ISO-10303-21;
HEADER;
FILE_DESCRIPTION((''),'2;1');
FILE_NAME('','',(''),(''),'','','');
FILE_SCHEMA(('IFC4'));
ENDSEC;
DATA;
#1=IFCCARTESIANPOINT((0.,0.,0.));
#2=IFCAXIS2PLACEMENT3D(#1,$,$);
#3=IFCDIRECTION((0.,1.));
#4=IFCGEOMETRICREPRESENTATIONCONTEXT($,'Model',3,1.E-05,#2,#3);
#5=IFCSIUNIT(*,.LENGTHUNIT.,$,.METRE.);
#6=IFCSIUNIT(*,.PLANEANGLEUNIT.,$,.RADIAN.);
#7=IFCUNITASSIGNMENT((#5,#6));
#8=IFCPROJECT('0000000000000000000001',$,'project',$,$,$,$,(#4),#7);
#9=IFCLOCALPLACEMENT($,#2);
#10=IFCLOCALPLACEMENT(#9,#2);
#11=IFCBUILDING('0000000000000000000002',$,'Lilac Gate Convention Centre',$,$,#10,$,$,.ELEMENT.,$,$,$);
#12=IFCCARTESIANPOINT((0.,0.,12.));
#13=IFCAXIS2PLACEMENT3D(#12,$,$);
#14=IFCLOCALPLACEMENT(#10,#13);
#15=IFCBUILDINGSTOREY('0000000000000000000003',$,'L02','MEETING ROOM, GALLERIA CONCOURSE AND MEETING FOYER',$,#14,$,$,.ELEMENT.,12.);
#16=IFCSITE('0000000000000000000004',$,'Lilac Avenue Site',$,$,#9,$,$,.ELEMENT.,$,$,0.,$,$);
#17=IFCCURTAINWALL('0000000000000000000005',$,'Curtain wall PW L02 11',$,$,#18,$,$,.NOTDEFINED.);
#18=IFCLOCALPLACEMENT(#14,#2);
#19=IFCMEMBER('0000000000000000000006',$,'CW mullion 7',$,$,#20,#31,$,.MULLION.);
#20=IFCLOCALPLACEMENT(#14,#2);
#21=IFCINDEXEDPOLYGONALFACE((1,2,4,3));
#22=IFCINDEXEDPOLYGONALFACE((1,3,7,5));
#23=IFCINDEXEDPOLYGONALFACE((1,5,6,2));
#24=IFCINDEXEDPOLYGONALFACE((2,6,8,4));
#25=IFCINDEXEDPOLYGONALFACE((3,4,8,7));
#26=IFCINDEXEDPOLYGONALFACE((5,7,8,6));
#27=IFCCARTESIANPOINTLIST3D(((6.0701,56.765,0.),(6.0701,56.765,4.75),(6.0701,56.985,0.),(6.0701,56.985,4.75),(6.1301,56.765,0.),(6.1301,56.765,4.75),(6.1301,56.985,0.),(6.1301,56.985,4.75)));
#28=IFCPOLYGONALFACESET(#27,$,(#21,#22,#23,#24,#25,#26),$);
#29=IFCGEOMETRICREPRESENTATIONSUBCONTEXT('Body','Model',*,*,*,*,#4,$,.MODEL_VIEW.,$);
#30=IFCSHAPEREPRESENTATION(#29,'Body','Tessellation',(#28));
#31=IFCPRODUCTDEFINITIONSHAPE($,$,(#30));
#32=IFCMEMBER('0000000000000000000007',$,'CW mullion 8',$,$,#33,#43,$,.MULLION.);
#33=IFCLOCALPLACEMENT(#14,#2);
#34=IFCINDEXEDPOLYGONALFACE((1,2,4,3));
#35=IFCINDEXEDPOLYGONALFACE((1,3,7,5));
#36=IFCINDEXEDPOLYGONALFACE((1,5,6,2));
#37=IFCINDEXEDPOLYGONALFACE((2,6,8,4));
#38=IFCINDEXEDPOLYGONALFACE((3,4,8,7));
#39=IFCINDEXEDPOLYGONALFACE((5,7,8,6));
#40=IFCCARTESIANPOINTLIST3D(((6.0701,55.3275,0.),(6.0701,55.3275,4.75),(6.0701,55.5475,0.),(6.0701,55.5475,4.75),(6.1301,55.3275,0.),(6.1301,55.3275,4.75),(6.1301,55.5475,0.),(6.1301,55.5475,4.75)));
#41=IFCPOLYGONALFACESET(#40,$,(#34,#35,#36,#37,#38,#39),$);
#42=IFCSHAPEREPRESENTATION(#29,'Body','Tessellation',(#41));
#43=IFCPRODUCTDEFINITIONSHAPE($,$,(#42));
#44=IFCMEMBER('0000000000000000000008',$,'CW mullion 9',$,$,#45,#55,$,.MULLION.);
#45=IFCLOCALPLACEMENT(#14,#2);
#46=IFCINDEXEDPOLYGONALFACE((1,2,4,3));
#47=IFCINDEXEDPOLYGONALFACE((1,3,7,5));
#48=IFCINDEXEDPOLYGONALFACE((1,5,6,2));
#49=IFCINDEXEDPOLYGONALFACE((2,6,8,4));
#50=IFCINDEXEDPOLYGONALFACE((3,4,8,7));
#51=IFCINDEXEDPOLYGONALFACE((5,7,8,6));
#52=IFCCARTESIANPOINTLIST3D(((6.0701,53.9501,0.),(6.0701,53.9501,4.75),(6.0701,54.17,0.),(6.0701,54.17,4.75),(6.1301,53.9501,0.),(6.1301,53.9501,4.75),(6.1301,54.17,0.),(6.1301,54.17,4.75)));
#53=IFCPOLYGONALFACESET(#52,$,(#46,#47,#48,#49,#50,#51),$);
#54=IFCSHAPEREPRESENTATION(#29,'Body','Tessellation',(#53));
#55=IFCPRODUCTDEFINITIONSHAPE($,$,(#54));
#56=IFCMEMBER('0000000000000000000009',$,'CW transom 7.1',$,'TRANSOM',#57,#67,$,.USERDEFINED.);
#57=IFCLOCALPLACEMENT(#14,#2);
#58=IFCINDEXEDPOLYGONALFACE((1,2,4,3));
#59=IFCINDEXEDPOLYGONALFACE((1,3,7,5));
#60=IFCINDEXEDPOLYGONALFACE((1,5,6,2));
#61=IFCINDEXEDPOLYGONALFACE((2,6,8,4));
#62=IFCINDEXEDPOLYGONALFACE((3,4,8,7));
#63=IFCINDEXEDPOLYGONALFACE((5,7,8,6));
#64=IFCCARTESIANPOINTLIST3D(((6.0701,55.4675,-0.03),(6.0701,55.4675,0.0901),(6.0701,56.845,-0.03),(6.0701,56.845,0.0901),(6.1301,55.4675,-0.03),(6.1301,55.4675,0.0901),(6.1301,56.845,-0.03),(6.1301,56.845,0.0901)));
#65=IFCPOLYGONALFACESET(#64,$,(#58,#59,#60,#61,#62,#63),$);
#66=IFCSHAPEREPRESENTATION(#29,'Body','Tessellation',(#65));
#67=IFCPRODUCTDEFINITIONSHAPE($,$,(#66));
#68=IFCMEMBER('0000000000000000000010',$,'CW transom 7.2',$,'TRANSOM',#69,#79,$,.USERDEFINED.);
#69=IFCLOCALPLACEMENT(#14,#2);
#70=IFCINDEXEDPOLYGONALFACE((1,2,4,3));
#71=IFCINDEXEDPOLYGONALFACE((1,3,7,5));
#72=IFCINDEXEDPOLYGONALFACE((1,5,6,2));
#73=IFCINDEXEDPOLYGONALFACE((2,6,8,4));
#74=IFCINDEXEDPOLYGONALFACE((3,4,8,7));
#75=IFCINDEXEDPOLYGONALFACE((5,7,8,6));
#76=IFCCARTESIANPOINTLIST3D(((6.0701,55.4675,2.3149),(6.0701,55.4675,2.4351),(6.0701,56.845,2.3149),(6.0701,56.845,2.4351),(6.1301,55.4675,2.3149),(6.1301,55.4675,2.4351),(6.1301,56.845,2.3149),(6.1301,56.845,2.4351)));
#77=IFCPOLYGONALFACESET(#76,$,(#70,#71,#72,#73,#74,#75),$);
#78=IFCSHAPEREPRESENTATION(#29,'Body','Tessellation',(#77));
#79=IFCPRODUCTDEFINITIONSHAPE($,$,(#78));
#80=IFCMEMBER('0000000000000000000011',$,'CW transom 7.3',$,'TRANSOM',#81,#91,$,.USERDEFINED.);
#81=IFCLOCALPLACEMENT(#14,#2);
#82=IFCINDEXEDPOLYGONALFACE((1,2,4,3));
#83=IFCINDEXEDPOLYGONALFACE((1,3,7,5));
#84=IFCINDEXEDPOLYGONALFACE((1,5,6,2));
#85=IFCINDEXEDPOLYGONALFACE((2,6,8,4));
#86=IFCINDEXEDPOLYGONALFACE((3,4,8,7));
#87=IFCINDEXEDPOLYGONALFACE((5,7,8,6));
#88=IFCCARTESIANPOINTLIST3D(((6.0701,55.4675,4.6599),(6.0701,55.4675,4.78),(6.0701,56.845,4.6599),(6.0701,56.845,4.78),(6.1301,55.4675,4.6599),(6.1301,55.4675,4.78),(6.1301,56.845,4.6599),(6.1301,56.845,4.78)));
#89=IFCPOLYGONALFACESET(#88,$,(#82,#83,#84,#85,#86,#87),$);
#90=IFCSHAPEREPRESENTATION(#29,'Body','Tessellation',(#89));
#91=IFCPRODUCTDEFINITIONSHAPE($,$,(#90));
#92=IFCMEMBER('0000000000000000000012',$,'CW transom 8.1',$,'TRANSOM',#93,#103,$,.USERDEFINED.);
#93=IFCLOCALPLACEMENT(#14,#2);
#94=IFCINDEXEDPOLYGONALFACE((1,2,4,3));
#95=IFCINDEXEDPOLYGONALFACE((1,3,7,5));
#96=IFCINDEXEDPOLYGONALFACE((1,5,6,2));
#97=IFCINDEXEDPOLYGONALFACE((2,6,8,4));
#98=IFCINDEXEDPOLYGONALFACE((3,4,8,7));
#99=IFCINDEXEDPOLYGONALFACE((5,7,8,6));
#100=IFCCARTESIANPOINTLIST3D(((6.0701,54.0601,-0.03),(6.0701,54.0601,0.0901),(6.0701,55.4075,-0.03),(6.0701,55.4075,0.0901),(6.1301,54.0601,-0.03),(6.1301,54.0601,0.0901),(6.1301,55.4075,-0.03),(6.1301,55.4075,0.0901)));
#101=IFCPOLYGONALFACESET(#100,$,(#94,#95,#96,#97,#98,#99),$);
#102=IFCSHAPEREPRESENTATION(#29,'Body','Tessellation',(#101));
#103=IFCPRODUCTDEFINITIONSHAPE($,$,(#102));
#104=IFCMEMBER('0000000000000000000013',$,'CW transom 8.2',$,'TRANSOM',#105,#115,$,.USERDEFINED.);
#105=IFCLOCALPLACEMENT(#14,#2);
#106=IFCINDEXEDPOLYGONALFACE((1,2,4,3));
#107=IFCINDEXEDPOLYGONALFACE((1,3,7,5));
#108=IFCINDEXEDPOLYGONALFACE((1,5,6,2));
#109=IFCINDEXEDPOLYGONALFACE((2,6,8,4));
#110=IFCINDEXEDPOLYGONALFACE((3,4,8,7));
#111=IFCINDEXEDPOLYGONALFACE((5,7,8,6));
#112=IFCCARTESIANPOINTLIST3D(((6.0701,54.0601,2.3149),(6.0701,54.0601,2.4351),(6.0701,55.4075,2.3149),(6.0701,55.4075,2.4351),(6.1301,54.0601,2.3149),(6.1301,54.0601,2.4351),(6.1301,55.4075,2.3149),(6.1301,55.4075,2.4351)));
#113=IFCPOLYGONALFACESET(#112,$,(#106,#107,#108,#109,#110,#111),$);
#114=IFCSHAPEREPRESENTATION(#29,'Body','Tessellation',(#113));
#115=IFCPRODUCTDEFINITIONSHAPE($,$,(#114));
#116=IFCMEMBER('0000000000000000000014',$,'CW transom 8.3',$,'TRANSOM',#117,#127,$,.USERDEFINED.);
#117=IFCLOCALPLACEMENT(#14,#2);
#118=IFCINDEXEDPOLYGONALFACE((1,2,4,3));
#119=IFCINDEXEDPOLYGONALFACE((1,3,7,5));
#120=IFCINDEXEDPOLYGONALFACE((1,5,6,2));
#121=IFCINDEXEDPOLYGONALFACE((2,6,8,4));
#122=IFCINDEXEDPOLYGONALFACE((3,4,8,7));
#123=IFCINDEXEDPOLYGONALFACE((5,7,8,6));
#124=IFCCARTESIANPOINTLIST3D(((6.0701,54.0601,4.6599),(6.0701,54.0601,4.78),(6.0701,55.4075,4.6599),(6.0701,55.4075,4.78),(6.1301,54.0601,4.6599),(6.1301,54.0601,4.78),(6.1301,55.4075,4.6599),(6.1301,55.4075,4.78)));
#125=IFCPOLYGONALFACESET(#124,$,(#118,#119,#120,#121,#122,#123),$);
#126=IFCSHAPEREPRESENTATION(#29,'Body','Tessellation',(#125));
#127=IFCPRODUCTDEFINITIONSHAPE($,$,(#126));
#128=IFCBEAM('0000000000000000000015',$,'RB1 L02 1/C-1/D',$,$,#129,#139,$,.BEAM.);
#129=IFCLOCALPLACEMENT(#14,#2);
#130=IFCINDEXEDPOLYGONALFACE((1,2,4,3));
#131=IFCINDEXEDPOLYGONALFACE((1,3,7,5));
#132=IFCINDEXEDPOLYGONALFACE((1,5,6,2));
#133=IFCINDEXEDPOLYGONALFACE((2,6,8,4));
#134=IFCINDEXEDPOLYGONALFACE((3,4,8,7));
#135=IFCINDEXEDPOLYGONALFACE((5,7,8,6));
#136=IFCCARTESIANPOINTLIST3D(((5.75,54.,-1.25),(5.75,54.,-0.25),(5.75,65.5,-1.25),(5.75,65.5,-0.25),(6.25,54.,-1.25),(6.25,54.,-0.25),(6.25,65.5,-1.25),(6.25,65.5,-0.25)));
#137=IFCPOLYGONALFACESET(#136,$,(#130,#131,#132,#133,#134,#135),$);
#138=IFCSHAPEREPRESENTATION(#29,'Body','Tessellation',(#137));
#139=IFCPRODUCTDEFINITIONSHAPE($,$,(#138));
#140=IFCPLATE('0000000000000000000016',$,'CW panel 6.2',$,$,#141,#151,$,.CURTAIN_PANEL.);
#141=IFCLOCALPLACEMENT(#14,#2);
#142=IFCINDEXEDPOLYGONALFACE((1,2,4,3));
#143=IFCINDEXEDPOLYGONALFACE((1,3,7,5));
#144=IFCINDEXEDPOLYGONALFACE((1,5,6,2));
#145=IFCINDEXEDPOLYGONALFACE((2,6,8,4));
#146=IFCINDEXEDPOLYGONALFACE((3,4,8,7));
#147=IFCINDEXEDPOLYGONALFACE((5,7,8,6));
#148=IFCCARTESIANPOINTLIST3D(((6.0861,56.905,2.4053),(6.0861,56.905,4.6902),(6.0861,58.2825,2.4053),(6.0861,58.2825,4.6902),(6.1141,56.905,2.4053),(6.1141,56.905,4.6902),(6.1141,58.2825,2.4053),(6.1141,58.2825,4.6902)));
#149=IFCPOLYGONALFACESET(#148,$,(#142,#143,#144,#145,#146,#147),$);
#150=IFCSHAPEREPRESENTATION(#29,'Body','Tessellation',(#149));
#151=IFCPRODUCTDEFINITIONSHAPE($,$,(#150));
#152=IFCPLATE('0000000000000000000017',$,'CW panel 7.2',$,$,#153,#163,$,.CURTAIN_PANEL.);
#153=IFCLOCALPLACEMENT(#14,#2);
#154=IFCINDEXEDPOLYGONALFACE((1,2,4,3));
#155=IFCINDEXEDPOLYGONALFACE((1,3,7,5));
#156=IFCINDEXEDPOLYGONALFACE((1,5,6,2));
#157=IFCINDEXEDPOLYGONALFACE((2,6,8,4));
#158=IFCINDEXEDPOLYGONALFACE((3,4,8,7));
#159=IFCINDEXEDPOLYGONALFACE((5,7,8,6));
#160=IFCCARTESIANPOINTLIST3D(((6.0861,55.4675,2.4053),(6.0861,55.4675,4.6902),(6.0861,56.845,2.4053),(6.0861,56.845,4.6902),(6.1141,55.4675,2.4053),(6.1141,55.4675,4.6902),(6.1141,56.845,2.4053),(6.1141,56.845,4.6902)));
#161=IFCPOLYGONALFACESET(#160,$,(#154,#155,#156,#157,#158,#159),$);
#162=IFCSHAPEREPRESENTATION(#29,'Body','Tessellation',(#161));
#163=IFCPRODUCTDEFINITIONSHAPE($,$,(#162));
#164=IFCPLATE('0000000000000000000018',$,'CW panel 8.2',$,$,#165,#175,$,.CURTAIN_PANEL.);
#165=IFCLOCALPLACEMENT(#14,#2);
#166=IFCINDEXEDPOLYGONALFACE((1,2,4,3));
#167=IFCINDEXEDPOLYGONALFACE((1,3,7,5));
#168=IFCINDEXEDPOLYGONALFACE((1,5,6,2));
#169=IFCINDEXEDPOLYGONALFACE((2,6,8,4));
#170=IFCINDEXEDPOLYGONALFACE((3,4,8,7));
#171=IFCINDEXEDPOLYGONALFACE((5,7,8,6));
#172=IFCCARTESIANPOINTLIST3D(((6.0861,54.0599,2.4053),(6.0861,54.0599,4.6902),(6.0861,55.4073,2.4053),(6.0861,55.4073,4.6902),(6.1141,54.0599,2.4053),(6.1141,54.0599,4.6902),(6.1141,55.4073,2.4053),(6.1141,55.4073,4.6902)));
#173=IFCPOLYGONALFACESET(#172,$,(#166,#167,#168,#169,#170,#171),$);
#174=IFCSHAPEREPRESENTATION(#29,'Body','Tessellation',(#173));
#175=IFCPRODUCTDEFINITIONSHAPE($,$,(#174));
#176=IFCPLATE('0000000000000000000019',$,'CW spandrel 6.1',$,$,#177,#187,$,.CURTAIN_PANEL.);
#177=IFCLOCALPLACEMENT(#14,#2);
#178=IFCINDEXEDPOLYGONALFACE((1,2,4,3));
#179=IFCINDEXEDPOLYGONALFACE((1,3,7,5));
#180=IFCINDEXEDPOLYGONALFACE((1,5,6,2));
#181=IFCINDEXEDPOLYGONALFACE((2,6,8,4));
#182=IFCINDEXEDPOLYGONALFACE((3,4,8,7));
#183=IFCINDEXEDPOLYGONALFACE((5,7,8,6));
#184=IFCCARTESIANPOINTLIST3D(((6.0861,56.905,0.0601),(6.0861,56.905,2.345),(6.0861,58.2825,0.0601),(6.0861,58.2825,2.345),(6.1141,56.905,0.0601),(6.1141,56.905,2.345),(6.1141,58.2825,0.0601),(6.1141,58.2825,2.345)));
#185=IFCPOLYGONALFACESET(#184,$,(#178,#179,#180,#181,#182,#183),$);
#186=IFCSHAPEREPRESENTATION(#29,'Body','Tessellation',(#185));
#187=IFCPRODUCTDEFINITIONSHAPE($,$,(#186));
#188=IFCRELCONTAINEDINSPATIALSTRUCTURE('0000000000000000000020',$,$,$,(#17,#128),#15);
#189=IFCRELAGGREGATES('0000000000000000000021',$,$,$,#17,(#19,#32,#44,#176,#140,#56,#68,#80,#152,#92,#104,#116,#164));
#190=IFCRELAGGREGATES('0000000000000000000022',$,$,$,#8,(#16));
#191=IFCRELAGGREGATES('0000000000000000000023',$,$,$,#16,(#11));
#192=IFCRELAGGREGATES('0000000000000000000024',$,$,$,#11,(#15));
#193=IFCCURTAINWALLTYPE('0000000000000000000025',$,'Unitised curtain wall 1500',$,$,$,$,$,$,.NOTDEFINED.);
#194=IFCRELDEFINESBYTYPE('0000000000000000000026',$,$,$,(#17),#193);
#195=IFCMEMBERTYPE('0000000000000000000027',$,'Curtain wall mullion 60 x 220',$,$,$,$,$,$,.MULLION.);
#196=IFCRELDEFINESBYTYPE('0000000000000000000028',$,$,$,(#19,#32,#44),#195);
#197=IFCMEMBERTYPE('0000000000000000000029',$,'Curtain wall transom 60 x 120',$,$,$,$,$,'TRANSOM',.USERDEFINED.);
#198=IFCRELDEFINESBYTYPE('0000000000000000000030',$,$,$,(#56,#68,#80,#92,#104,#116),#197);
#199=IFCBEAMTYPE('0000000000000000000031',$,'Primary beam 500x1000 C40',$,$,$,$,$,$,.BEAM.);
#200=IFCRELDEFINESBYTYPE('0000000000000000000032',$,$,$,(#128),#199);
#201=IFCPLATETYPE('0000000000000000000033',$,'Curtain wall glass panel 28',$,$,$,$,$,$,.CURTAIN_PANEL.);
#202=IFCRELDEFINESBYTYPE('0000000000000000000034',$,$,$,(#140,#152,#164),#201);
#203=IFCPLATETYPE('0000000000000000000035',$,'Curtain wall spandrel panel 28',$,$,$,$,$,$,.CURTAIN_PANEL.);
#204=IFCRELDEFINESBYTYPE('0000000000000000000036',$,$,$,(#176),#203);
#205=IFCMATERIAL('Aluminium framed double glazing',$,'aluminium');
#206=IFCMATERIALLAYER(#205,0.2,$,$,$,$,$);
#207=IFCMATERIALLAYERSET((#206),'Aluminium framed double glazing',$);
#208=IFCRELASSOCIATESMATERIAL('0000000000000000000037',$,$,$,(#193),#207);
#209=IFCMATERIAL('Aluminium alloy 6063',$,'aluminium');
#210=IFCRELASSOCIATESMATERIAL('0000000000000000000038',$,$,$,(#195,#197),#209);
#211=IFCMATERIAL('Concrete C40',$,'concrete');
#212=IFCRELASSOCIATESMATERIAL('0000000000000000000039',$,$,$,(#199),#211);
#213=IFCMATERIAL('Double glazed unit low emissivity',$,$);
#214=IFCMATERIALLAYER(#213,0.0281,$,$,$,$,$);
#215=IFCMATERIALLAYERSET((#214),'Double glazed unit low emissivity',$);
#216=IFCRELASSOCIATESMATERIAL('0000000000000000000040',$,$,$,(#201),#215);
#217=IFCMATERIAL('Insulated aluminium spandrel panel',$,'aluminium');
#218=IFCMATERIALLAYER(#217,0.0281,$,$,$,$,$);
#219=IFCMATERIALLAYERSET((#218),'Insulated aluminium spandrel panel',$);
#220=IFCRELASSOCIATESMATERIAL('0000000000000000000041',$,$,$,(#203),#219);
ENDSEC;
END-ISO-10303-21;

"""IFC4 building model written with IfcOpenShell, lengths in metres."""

from ifc_helpers import new_model, si_unit, direction, frame, origin, origin_2d, place, context, subcontext, project, spatial, rectangle, extrude, material, layer, layer_set, material_profile, profile_set, type_object, element, aggregate, save


model = new_model("IFC4")

# Units and contexts
model_context = context("Model", 3, precision=1e-05, world=origin(), true_north=direction((0.0, 1.0)))
body_context = subcontext(model_context, "Body", "Model", "MODEL_VIEW")
ifc_project = project(units=[si_unit("LENGTHUNIT", "METRE"), si_unit("PLANEANGLEUNIT", "RADIAN")], contexts=[model_context])

# Site, building, storey
site_placement = place(None, origin())
site = spatial("IfcSite", under=ifc_project, at=site_placement, Name="Lilac Avenue Site", CompositionType="ELEMENT", RefElevation=0.0)
building_placement = place(site_placement, origin())
building = spatial("IfcBuilding", under=site, at=building_placement, Name="Lilac Gate Convention Centre", CompositionType="ELEMENT")
storey_placement = place(building_placement, frame((0.0, 0.0, 12.0)))
storey = spatial("IfcBuildingStorey", under=building, at=storey_placement, Name="L02", Description="MEETING ROOM, GALLERIA CONCOURSE AND MEETING FOYER", CompositionType="ELEMENT", Elevation=12.0)

# Curtain wall, members
ifc_material_1 = material(Name="Aluminium framed double glazing", Category="aluminium")
ifc_layer_1 = layer(ifc_material_1, 0.2)
ifc_layer_set_1 = layer_set([ifc_layer_1], Name="Aluminium framed double glazing")
curtain_wall_type = type_object("IfcCurtainWallType", Name="Unitised curtain wall 1500", PredefinedType="NOTDEFINED", material=ifc_layer_set_1)
curtain_wall_placement = place(storey_placement, origin())
curtain_wall = element("IfcCurtainWall", 1, at=curtain_wall_placement, inside=storey, type_object=curtain_wall_type, Name="Curtain wall PW L02 11", PredefinedType="NOTDEFINED")
ifc_material_2 = material(Name="Aluminium alloy 6063", Category="aluminium")
ifc_material_profile_1 = material_profile(ifc_material_2, rectangle(XDim=0.0601, YDim=0.22, at=origin_2d()), Name="Curtain wall mullion 60 x 220")
ifc_profile_set_1 = profile_set([ifc_material_profile_1], Name="Aluminium alloy 6063")
member_type_1 = type_object("IfcMemberType", Name="Curtain wall mullion 60 x 220", PredefinedType="MULLION", material=ifc_profile_set_1)
member_1_placement = place(storey_placement, frame((6.1001, 56.875, 0.0), z_axis=(0.0, 0.0, 1.0), x_axis=(1.0, 0.0, 0.0)))
member_1 = element("IfcMember", 2, at=member_1_placement, type_object=member_type_1, Name="CW mullion 7", PredefinedType="MULLION", context=body_context, shape_type="SweptSolid", body=[
    extrude(rectangle(XDim=0.0601, YDim=0.22, at=origin_2d()), origin(), (0.0, 0.0, 1.0), 4.75),
])
member_2_placement = place(storey_placement, frame((6.1001, 55.4375, 0.0), z_axis=(0.0, 0.0, 1.0), x_axis=(1.0, 0.0, 0.0)))
member_2 = element("IfcMember", 3, at=member_2_placement, type_object=member_type_1, Name="CW mullion 8", PredefinedType="MULLION", context=body_context, shape_type="SweptSolid", body=[
    extrude(rectangle(XDim=0.0601, YDim=0.22, at=origin_2d()), origin(), (0.0, 0.0, 1.0), 4.75),
])
member_3_placement = place(storey_placement, frame((6.1001, 54.0601, 0.0), z_axis=(0.0, 0.0, 1.0), x_axis=(1.0, 0.0, 0.0)))
member_3 = element("IfcMember", 4, at=member_3_placement, type_object=member_type_1, Name="CW mullion 9", PredefinedType="MULLION", context=body_context, shape_type="SweptSolid", body=[
    extrude(rectangle(XDim=0.0601, YDim=0.22, at=origin_2d()), origin(), (0.0, 0.0, 1.0), 4.75),
])
ifc_material_profile_2 = material_profile(ifc_material_2, rectangle(XDim=0.0601, YDim=0.1201, at=origin_2d()), Name="Curtain wall transom 60 x 120")
ifc_profile_set_2 = profile_set([ifc_material_profile_2], Name="Aluminium alloy 6063")
member_type_2 = type_object("IfcMemberType", Name="Curtain wall transom 60 x 120", ElementType="TRANSOM", PredefinedType="USERDEFINED", material=ifc_profile_set_2)
member_4_placement = place(storey_placement, frame((6.1001, 56.845, 0.03), z_axis=(0.0, -1.0, 0.0), x_axis=(1.0, 0.0, 0.0)))
member_4 = element("IfcMember", 5, at=member_4_placement, type_object=member_type_2, Name="CW transom 7.1", ObjectType="TRANSOM", PredefinedType="USERDEFINED", context=body_context, shape_type="SweptSolid", body=[
    extrude(rectangle(XDim=0.0601, YDim=0.1201, at=origin_2d()), origin(), (0.0, 0.0, 1.0), 1.3774),
])
member_5_placement = place(storey_placement, frame((6.1001, 56.845, 2.375), z_axis=(0.0, -1.0, 0.0), x_axis=(1.0, 0.0, 0.0)))
member_5 = element("IfcMember", 6, at=member_5_placement, type_object=member_type_2, Name="CW transom 7.2", ObjectType="TRANSOM", PredefinedType="USERDEFINED", context=body_context, shape_type="SweptSolid", body=[
    extrude(rectangle(XDim=0.0601, YDim=0.1201, at=origin_2d()), origin(), (0.0, 0.0, 1.0), 1.3774),
])
member_6_placement = place(storey_placement, frame((6.1001, 56.845, 4.72), z_axis=(0.0, -1.0, 0.0), x_axis=(1.0, 0.0, 0.0)))
member_6 = element("IfcMember", 7, at=member_6_placement, type_object=member_type_2, Name="CW transom 7.3", ObjectType="TRANSOM", PredefinedType="USERDEFINED", context=body_context, shape_type="SweptSolid", body=[
    extrude(rectangle(XDim=0.0601, YDim=0.1201, at=origin_2d()), origin(), (0.0, 0.0, 1.0), 1.3774),
])
member_7_placement = place(storey_placement, frame((6.1001, 55.4075, 0.03), z_axis=(0.0, -1.0, 0.0), x_axis=(1.0, 0.0, 0.0)))
member_7 = element("IfcMember", 8, at=member_7_placement, type_object=member_type_2, Name="CW transom 8.1", ObjectType="TRANSOM", PredefinedType="USERDEFINED", context=body_context, shape_type="SweptSolid", body=[
    extrude(rectangle(XDim=0.0601, YDim=0.1201, at=origin_2d()), origin(), (0.0, 0.0, 1.0), 1.3474),
])
member_8_placement = place(storey_placement, frame((6.1001, 55.4075, 2.375), z_axis=(0.0, -1.0, 0.0), x_axis=(1.0, 0.0, 0.0)))
member_8 = element("IfcMember", 9, at=member_8_placement, type_object=member_type_2, Name="CW transom 8.2", ObjectType="TRANSOM", PredefinedType="USERDEFINED", context=body_context, shape_type="SweptSolid", body=[
    extrude(rectangle(XDim=0.0601, YDim=0.1201, at=origin_2d()), origin(), (0.0, 0.0, 1.0), 1.3474),
])
member_9_placement = place(storey_placement, frame((6.1001, 55.4075, 4.72), z_axis=(0.0, -1.0, 0.0), x_axis=(1.0, 0.0, 0.0)))
member_9 = element("IfcMember", 10, at=member_9_placement, type_object=member_type_2, Name="CW transom 8.3", ObjectType="TRANSOM", PredefinedType="USERDEFINED", context=body_context, shape_type="SweptSolid", body=[
    extrude(rectangle(XDim=0.0601, YDim=0.1201, at=origin_2d()), origin(), (0.0, 0.0, 1.0), 1.3474),
])

# Beam
ifc_material_3 = material(Name="Concrete C40", Category="concrete")
ifc_material_profile_3 = material_profile(ifc_material_3, rectangle(XDim=0.5, YDim=1.0, at=origin_2d()), Name="RC 500x1000")
ifc_profile_set_3 = profile_set([ifc_material_profile_3], Name="Concrete C40")
beam_type = type_object("IfcBeamType", Name="Primary beam 500x1000 C40", PredefinedType="BEAM", material=ifc_profile_set_3)
beam_placement = place(storey_placement, frame((6.0, 54.0, -0.75), z_axis=(0.0, 1.0, 0.0), x_axis=(-1.0, 0.0, 0.0)))
element("IfcBeam", 11, at=beam_placement, inside=storey, type_object=beam_type, Name="RB1 L02 1/C-1/D", PredefinedType="BEAM", context=body_context, shape_type="SweptSolid", body=[
    extrude(rectangle(XDim=0.5, YDim=1.0, at=origin_2d()), origin(), (0.0, 0.0, 1.0), 11.5),
])

# Plates
ifc_material_4 = material(Name="Double glazed unit low emissivity")
ifc_layer_2 = layer(ifc_material_4, 0.0281)
ifc_layer_set_2 = layer_set([ifc_layer_2], Name="Double glazed unit low emissivity")
plate_type_1 = type_object("IfcPlateType", Name="Curtain wall glass panel 28", PredefinedType="CURTAIN_PANEL", material=ifc_layer_set_2)
plate_1_placement = place(storey_placement, frame((6.1001, 57.5938, 2.4053), z_axis=(0.0, 0.0, 1.0), x_axis=(0.0, -1.0, 0.0)))
plate_1 = element("IfcPlate", 12, at=plate_1_placement, type_object=plate_type_1, Name="CW panel 6.2", PredefinedType="CURTAIN_PANEL", context=body_context, shape_type="SweptSolid", body=[
    extrude(rectangle(XDim=1.3774, YDim=0.0281, at=origin_2d()), origin(), (0.0, 0.0, 1.0), 2.2849),
])
plate_2_placement = place(storey_placement, frame((6.1001, 56.1562, 2.4053), z_axis=(0.0, 0.0, 1.0), x_axis=(0.0, -1.0, 0.0)))
plate_2 = element("IfcPlate", 13, at=plate_2_placement, type_object=plate_type_1, Name="CW panel 7.2", PredefinedType="CURTAIN_PANEL", context=body_context, shape_type="SweptSolid", body=[
    extrude(rectangle(XDim=1.3774, YDim=0.0281, at=origin_2d()), origin(), (0.0, 0.0, 1.0), 2.2849),
])
plate_3_placement = place(storey_placement, frame((6.1001, 54.7336, 2.4053), z_axis=(0.0, 0.0, 1.0), x_axis=(0.0, -1.0, 0.0)))
plate_3 = element("IfcPlate", 14, at=plate_3_placement, type_object=plate_type_1, Name="CW panel 8.2", PredefinedType="CURTAIN_PANEL", context=body_context, shape_type="SweptSolid", body=[
    extrude(rectangle(XDim=1.3474, YDim=0.0281, at=origin_2d()), origin(), (0.0, 0.0, 1.0), 2.2849),
])
ifc_material_5 = material(Name="Insulated aluminium spandrel panel", Category="aluminium")
ifc_layer_3 = layer(ifc_material_5, 0.0281)
ifc_layer_set_3 = layer_set([ifc_layer_3], Name="Insulated aluminium spandrel panel")
plate_type_2 = type_object("IfcPlateType", Name="Curtain wall spandrel panel 28", PredefinedType="CURTAIN_PANEL", material=ifc_layer_set_3)
plate_4_placement = place(storey_placement, frame((6.1001, 57.5938, 0.0601), z_axis=(0.0, 0.0, 1.0), x_axis=(0.0, -1.0, 0.0)))
plate_4 = element("IfcPlate", 15, at=plate_4_placement, type_object=plate_type_2, Name="CW spandrel 6.1", PredefinedType="CURTAIN_PANEL", context=body_context, shape_type="SweptSolid", body=[
    extrude(rectangle(XDim=1.3774, YDim=0.0281, at=origin_2d()), origin(), (0.0, 0.0, 1.0), 2.2849),
])
aggregate(curtain_wall, [member_1, member_2, member_3, plate_4, plate_1, member_4, member_5, member_6, plate_2, member_7, member_8, member_9, plate_3])

save(model, "model.ifc")
